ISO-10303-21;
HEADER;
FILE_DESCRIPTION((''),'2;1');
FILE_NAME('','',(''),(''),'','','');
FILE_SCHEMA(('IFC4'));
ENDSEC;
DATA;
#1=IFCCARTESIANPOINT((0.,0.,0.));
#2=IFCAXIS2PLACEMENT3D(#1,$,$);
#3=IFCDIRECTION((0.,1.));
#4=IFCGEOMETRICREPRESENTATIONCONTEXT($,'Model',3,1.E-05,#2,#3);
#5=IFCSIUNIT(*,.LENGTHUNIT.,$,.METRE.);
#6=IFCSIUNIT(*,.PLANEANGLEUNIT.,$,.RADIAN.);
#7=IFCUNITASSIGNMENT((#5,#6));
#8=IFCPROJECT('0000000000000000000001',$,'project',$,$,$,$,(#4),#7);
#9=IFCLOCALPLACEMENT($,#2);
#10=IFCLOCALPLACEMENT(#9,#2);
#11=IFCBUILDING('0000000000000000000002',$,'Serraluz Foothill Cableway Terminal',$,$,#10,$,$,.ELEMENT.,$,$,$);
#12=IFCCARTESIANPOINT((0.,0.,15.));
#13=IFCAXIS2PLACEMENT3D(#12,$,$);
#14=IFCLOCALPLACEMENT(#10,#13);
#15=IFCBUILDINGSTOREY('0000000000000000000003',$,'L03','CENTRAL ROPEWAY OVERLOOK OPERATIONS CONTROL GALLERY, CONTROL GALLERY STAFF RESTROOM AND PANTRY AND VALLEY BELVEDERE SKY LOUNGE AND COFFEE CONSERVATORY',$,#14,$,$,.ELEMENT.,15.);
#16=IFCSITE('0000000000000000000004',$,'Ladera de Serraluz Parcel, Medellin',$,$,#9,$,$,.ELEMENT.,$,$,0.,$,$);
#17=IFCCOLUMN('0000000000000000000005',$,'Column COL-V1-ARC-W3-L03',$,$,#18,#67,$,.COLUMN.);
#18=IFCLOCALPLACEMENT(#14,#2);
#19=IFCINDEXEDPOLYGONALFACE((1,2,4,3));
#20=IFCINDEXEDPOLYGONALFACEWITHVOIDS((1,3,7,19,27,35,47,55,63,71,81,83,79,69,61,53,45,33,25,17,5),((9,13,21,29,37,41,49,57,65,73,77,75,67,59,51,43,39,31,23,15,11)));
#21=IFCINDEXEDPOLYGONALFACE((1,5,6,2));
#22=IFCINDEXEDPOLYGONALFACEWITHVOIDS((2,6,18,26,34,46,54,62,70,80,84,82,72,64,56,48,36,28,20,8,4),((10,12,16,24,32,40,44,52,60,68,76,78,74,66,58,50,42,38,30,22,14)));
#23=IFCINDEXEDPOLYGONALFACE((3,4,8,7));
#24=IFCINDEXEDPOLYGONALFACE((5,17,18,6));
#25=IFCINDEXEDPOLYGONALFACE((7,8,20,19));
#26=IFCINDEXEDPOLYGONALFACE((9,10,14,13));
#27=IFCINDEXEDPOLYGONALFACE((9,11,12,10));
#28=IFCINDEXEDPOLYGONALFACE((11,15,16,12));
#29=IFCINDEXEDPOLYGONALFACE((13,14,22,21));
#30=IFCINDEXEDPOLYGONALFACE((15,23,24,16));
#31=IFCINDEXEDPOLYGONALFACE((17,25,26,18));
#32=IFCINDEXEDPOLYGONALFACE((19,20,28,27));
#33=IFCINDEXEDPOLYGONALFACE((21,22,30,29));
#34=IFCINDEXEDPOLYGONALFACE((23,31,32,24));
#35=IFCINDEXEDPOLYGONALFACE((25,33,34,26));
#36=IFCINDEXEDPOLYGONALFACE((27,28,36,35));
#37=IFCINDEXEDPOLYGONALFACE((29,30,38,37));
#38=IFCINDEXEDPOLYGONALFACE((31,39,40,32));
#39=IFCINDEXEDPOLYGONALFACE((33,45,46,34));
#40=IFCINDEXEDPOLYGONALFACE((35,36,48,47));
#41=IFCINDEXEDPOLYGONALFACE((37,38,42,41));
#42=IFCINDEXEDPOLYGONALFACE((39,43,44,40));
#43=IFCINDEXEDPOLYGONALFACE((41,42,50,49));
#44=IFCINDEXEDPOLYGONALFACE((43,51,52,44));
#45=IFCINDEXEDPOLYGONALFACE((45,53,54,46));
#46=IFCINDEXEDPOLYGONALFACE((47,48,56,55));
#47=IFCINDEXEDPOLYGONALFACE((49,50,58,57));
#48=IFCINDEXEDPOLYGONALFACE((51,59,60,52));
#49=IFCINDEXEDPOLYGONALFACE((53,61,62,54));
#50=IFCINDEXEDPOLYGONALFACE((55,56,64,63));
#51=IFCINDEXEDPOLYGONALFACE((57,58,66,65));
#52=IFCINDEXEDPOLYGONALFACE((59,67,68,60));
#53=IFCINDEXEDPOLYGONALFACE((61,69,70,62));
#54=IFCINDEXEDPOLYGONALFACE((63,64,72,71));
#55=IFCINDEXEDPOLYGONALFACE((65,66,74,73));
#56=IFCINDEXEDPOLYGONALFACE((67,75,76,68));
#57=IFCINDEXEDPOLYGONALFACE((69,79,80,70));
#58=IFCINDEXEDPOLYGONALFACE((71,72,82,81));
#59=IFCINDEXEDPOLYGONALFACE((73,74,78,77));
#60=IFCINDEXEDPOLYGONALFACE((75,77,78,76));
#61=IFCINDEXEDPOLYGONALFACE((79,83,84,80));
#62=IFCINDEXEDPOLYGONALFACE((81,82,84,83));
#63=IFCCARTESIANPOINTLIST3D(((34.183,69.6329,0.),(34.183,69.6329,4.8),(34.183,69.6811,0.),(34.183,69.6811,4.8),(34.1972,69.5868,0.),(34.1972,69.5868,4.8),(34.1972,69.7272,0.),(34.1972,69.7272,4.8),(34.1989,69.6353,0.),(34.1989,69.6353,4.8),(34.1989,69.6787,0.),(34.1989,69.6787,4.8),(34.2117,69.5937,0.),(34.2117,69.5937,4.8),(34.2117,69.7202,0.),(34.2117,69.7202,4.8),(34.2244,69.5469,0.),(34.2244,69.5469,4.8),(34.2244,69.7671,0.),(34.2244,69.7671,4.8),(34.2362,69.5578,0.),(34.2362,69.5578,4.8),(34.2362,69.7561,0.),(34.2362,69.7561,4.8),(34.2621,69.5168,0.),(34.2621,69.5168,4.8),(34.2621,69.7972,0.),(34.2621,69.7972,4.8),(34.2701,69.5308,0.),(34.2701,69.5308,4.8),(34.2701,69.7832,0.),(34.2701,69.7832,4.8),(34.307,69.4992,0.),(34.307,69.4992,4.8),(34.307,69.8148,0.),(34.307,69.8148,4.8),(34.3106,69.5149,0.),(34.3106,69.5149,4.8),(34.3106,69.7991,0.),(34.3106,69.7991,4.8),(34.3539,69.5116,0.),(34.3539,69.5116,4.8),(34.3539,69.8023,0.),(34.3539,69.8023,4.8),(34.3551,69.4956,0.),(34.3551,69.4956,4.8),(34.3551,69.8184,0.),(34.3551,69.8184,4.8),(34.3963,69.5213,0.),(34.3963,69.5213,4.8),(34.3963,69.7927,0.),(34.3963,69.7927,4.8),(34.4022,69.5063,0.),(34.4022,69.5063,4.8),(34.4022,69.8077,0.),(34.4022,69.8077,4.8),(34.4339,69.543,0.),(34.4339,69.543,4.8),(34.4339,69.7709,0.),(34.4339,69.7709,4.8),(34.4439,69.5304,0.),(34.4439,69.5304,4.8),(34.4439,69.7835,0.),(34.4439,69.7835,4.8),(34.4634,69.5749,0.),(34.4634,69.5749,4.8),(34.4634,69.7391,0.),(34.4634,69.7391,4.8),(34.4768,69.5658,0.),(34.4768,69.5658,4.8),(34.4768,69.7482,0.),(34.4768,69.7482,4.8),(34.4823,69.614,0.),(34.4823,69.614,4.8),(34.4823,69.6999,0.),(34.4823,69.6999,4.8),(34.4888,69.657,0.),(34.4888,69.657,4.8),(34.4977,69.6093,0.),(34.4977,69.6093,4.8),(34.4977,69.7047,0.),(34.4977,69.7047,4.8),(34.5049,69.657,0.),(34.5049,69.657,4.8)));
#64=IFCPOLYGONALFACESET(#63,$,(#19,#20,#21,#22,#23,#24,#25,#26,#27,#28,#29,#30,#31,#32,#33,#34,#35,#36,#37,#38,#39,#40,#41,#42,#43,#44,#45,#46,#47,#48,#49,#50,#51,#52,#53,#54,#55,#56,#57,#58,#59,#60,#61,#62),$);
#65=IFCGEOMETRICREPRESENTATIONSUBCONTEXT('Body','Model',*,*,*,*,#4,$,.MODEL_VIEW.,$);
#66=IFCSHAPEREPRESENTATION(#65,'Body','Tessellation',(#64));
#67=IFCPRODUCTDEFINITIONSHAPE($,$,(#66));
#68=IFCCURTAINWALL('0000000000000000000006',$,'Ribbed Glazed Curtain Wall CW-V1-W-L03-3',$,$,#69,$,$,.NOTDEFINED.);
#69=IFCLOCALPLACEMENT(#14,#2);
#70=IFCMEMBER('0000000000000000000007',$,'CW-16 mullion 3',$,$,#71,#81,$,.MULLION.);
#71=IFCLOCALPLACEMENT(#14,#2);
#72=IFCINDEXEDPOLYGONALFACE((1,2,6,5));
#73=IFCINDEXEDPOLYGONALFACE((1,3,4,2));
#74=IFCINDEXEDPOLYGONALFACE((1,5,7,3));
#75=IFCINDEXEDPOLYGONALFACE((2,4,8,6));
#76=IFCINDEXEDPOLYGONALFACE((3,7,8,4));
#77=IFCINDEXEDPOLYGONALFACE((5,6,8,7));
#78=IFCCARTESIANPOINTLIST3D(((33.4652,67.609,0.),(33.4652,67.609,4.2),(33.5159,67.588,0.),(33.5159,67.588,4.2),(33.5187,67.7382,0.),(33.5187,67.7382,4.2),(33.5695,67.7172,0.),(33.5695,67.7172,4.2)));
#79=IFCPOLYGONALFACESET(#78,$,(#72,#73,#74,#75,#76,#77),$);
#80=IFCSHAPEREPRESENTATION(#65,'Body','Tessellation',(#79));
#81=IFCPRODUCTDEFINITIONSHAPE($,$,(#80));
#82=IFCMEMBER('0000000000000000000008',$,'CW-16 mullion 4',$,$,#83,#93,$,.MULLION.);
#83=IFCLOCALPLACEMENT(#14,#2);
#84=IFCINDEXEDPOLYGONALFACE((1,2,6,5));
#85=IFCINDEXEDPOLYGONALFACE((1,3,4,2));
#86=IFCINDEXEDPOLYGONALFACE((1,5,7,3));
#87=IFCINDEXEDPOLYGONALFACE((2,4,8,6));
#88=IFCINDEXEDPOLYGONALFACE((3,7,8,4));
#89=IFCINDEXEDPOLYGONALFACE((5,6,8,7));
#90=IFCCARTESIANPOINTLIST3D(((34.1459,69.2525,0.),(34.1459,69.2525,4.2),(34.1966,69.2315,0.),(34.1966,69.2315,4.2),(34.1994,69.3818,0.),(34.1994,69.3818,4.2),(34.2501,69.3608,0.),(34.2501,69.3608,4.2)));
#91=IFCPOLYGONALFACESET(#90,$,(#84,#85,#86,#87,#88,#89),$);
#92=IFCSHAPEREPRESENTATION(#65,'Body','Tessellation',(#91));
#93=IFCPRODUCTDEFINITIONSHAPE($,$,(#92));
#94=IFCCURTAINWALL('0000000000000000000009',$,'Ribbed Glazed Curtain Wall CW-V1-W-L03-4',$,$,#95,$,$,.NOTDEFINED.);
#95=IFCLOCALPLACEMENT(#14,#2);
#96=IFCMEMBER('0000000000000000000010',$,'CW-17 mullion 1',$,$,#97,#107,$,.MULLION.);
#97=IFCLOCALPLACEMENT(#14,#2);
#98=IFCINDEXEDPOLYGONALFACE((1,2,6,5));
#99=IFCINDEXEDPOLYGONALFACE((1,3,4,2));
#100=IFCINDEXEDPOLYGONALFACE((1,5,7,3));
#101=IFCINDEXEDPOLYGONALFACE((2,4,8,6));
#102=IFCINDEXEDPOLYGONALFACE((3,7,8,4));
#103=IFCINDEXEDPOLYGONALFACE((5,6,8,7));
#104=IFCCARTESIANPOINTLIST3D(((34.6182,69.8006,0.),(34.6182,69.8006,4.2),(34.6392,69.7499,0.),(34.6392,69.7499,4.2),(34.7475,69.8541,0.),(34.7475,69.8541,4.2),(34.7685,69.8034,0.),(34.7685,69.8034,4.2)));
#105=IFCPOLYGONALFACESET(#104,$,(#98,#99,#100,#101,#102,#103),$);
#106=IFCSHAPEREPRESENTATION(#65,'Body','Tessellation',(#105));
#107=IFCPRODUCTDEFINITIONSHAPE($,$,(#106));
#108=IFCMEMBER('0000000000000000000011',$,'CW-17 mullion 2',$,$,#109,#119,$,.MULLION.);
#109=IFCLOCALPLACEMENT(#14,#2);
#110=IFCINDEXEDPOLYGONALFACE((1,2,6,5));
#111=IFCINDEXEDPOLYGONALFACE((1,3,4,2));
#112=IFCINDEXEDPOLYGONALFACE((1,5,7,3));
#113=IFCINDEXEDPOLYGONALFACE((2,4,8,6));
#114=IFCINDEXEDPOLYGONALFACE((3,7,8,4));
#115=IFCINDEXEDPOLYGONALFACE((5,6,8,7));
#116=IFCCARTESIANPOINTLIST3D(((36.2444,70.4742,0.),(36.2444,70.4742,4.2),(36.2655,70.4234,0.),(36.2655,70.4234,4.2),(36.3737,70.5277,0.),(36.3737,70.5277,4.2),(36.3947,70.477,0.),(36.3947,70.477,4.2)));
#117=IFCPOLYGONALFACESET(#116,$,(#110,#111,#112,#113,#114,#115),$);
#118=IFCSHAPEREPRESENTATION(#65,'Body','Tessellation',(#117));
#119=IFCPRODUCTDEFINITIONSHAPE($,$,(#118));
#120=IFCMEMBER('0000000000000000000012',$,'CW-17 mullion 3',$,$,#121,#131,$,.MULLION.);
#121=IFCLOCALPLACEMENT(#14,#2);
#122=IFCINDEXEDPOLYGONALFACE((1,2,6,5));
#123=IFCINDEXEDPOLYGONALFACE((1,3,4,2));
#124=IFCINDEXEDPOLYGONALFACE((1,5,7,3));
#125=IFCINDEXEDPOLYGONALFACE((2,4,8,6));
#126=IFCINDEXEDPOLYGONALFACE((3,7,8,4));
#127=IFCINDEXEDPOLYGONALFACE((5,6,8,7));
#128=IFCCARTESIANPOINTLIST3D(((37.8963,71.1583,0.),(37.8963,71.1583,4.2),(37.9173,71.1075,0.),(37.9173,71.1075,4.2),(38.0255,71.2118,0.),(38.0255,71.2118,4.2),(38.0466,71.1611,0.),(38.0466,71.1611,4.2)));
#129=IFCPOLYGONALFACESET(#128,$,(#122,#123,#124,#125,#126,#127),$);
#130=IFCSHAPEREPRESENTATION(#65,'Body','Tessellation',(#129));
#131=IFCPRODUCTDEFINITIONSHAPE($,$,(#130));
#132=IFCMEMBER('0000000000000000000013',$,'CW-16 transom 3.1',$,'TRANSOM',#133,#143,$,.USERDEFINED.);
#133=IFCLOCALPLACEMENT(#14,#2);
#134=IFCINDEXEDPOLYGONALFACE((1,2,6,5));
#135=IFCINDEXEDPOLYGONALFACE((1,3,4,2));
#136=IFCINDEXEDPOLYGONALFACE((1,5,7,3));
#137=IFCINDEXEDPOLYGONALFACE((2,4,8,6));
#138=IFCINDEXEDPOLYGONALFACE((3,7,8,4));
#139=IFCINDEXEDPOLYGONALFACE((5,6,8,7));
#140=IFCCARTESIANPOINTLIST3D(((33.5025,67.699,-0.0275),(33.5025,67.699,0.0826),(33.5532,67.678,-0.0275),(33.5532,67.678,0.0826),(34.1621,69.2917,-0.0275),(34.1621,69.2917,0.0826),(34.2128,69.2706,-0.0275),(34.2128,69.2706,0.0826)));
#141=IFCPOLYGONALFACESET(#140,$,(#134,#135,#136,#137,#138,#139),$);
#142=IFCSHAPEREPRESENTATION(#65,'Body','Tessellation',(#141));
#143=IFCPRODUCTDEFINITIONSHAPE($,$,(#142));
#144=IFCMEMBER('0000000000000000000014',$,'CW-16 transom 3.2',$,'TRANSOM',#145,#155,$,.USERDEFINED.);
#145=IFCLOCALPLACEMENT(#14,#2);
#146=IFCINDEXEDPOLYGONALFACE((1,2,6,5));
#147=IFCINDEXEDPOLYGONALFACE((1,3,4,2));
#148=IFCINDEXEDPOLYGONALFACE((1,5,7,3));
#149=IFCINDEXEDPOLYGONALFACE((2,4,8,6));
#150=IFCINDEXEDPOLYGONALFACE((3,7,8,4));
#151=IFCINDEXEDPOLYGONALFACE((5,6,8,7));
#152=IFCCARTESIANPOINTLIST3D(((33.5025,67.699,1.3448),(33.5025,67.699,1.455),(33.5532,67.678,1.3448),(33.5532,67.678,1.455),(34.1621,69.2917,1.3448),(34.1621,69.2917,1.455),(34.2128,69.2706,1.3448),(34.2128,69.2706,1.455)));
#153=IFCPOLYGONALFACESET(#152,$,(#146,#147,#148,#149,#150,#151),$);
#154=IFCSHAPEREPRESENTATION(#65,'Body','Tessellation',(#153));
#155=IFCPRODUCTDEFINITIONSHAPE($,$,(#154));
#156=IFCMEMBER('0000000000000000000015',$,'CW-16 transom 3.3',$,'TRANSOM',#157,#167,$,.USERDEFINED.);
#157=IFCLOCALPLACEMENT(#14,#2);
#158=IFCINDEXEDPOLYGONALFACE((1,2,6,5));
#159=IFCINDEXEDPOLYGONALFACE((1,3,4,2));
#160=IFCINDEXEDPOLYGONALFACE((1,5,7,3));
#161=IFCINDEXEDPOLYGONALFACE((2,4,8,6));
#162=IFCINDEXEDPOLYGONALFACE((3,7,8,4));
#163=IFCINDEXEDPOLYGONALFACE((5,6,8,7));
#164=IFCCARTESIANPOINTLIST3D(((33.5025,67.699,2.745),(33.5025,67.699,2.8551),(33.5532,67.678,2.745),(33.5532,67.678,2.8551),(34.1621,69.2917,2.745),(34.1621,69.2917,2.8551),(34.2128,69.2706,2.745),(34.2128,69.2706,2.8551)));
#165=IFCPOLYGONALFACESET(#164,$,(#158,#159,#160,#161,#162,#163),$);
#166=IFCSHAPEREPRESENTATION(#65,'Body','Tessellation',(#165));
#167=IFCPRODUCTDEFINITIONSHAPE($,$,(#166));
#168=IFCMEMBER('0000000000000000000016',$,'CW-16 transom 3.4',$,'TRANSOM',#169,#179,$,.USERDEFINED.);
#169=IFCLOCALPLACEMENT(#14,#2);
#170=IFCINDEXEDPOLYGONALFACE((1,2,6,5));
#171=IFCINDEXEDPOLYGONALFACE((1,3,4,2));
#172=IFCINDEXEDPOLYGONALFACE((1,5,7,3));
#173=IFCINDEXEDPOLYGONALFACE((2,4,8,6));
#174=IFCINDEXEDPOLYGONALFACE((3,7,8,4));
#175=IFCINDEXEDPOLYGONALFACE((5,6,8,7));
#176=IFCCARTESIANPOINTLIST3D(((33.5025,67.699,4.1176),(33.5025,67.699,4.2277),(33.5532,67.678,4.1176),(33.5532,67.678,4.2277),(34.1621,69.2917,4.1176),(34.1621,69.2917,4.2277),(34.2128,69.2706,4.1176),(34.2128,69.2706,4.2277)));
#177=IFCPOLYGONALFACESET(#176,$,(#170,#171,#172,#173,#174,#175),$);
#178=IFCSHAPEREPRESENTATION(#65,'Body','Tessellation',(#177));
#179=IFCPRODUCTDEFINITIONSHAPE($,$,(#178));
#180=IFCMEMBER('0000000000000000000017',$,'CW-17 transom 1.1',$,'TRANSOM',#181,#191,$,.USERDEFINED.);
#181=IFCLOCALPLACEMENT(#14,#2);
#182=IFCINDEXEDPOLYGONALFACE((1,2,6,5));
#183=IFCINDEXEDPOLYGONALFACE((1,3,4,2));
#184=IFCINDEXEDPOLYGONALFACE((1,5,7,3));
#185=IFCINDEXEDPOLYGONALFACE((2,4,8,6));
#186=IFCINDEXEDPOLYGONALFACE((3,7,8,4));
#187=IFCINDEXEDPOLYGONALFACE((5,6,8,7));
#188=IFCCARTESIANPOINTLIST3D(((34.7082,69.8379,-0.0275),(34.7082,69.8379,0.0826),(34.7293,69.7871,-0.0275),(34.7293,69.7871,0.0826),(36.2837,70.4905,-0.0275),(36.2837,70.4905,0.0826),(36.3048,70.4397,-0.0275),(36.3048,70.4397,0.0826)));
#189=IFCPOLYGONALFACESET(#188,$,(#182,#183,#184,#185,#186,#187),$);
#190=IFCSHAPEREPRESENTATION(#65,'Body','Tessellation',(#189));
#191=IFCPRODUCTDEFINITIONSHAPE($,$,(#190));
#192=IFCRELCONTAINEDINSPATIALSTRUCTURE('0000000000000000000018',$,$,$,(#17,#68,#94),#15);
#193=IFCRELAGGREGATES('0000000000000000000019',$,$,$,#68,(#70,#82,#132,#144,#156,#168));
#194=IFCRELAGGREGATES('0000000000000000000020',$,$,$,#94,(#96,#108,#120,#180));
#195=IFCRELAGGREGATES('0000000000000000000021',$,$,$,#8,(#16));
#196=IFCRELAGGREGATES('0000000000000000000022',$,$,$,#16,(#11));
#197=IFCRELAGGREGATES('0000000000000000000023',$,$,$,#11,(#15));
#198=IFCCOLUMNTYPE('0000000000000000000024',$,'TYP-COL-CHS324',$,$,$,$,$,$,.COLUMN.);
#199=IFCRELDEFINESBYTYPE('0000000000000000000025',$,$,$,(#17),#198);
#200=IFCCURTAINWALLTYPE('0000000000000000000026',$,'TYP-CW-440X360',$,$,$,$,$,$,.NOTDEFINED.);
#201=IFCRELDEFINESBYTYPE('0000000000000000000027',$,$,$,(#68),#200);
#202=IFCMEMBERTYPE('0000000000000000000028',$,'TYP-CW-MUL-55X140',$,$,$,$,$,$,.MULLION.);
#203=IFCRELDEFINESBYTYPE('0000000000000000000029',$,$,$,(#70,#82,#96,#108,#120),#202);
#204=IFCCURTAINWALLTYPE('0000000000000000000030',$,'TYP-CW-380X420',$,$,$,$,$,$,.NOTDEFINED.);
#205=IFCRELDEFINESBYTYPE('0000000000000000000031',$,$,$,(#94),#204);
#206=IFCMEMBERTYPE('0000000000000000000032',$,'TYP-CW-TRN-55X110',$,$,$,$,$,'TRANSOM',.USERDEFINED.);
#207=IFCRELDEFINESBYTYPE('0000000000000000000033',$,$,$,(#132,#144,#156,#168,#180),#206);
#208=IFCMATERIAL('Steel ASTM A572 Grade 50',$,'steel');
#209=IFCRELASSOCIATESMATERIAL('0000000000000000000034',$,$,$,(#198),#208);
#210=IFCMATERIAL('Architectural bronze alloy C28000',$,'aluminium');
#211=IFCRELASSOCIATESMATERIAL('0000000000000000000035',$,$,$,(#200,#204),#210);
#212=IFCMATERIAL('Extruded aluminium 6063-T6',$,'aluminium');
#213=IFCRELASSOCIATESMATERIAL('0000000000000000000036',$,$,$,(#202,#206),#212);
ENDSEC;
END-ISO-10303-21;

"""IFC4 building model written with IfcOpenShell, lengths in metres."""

from ifc_helpers import new_model, si_unit, direction, frame, origin, origin_2d, place, context, subcontext, project, spatial, rectangle, hollow_circle, extrude, material, material_profile, profile_set, type_object, element, aggregate, save


model = new_model("IFC4")

# Units and contexts
model_context = context("Model", 3, precision=1e-05, world=origin(), true_north=direction((0.0, 1.0)))
body_context = subcontext(model_context, "Body", "Model", "MODEL_VIEW")
ifc_project = project(units=[si_unit("LENGTHUNIT", "METRE"), si_unit("PLANEANGLEUNIT", "RADIAN")], contexts=[model_context])

# Site, building, storey
site_placement = place(None, origin())
site = spatial("IfcSite", under=ifc_project, at=site_placement, Name="Ladera de Serraluz Parcel, Medellin", CompositionType="ELEMENT", RefElevation=0.0)
building_placement = place(site_placement, origin())
building = spatial("IfcBuilding", under=site, at=building_placement, Name="Serraluz Foothill Cableway Terminal", CompositionType="ELEMENT")
storey_placement = place(building_placement, frame((0.0, 0.0, 15.0)))
storey = spatial("IfcBuildingStorey", under=building, at=storey_placement, Name="L03", Description="CENTRAL ROPEWAY OVERLOOK OPERATIONS CONTROL GALLERY, CONTROL GALLERY STAFF RESTROOM AND PANTRY AND VALLEY BELVEDERE SKY LOUNGE AND COFFEE CONSERVATORY", CompositionType="ELEMENT", Elevation=15.0)

# Column
ifc_material_1 = material(Name="Steel ASTM A572 Grade 50", Category="steel")
ifc_material_profile_1 = material_profile(ifc_material_1, hollow_circle(Radius=0.1619, WallThickness=0.0161, at=origin_2d()), Name="CHS324X16")
ifc_profile_set_1 = profile_set([ifc_material_profile_1], Name="Steel ASTM A572 Grade 50")
column_type = type_object("IfcColumnType", Name="TYP-COL-CHS324", PredefinedType="COLUMN", material=ifc_profile_set_1)
column_placement = place(storey_placement, frame((34.343, 69.657, 0.0), z_axis=(0.0, 0.0, 1.0), x_axis=(1.0, 0.0, 0.0)))
element("IfcColumn", 1, at=column_placement, inside=storey, type_object=column_type, Name="Column COL-V1-ARC-W3-L03", PredefinedType="COLUMN", context=body_context, shape_type="SweptSolid", body=[
    extrude(hollow_circle(Radius=0.1619, WallThickness=0.0161, at=origin_2d()), origin(), (0.0, 0.0, 1.0), 4.8),
])

# Curtain walls, members
ifc_material_2 = material(Name="Architectural bronze alloy C28000", Category="aluminium")
curtain_wall_type_1 = type_object("IfcCurtainWallType", Name="TYP-CW-440X360", PredefinedType="NOTDEFINED", material=ifc_material_2)
curtain_wall_1_placement = place(storey_placement, origin())
curtain_wall_1 = element("IfcCurtainWall", 2, at=curtain_wall_1_placement, inside=storey, type_object=curtain_wall_type_1, Name="Ribbed Glazed Curtain Wall CW-V1-W-L03-3", PredefinedType="NOTDEFINED")
ifc_material_3 = material(Name="Extruded aluminium 6063-T6", Category="aluminium")
ifc_material_profile_2 = material_profile(ifc_material_3, rectangle(XDim=0.0549, YDim=0.1399, at=origin_2d()), Name="ALU MULLION 55x140")
ifc_profile_set_2 = profile_set([ifc_material_profile_2], Name="Extruded aluminium 6063-T6")
member_type_1 = type_object("IfcMemberType", Name="TYP-CW-MUL-55X140", PredefinedType="MULLION", material=ifc_profile_set_2)
member_1_placement = place(storey_placement, frame((33.5173, 67.6631, 0.0), z_axis=(0.0, 0.0, 1.0), x_axis=(-0.923879, 0.382685, 0.0)))
member_1 = element("IfcMember", 3, at=member_1_placement, type_object=member_type_1, Name="CW-16 mullion 3", PredefinedType="MULLION", context=body_context, shape_type="SweptSolid", body=[
    extrude(rectangle(XDim=0.0549, YDim=0.1399, at=origin_2d()), origin(), (0.0, 0.0, 1.0), 4.2),
])
member_2_placement = place(storey_placement, frame((34.198, 69.3066, 0.0), z_axis=(0.0, 0.0, 1.0), x_axis=(-0.923879, 0.382685, 0.0)))
member_2 = element("IfcMember", 4, at=member_2_placement, type_object=member_type_1, Name="CW-16 mullion 4", PredefinedType="MULLION", context=body_context, shape_type="SweptSolid", body=[
    extrude(rectangle(XDim=0.0549, YDim=0.1399, at=origin_2d()), origin(), (0.0, 0.0, 1.0), 4.2),
])
curtain_wall_type_2 = type_object("IfcCurtainWallType", Name="TYP-CW-380X420", PredefinedType="NOTDEFINED", material=ifc_material_2)
curtain_wall_2_placement = place(storey_placement, origin())
curtain_wall_2 = element("IfcCurtainWall", 5, at=curtain_wall_2_placement, inside=storey, type_object=curtain_wall_type_2, Name="Ribbed Glazed Curtain Wall CW-V1-W-L03-4", PredefinedType="NOTDEFINED")
member_3_placement = place(storey_placement, frame((34.6934, 69.802, 0.0), z_axis=(0.0, 0.0, 1.0), x_axis=(-0.382682, 0.92388, 0.0)))
member_3 = element("IfcMember", 6, at=member_3_placement, type_object=member_type_1, Name="CW-17 mullion 1", PredefinedType="MULLION", context=body_context, shape_type="SweptSolid", body=[
    extrude(rectangle(XDim=0.0549, YDim=0.1399, at=origin_2d()), origin(), (0.0, 0.0, 1.0), 4.2),
])
member_4_placement = place(storey_placement, frame((36.3196, 70.4756, 0.0), z_axis=(0.0, 0.0, 1.0), x_axis=(-0.382682, 0.92388, 0.0)))
member_4 = element("IfcMember", 7, at=member_4_placement, type_object=member_type_1, Name="CW-17 mullion 2", PredefinedType="MULLION", context=body_context, shape_type="SweptSolid", body=[
    extrude(rectangle(XDim=0.0549, YDim=0.1399, at=origin_2d()), origin(), (0.0, 0.0, 1.0), 4.2),
])
member_5_placement = place(storey_placement, frame((37.9714, 71.1597, 0.0), z_axis=(0.0, 0.0, 1.0), x_axis=(-0.382682, 0.92388, 0.0)))
member_5 = element("IfcMember", 8, at=member_5_placement, type_object=member_type_1, Name="CW-17 mullion 3", PredefinedType="MULLION", context=body_context, shape_type="SweptSolid", body=[
    extrude(rectangle(XDim=0.0549, YDim=0.1399, at=origin_2d()), origin(), (0.0, 0.0, 1.0), 4.2),
])

# Members
ifc_material_profile_3 = material_profile(ifc_material_3, rectangle(XDim=0.0549, YDim=0.1101, at=origin_2d()), Name="ALU TRANSOM 55x110")
ifc_profile_set_3 = profile_set([ifc_material_profile_3], Name="Extruded aluminium 6063-T6")
member_type_2 = type_object("IfcMemberType", Name="TYP-CW-TRN-55X110", ElementType="TRANSOM", PredefinedType="USERDEFINED", material=ifc_profile_set_3)
member_6_placement = place(storey_placement, frame((33.5278, 67.6885, 0.0276), z_axis=(0.382644, 0.923896, 0.0), x_axis=(-0.923896, 0.382644, 0.0)))
member_6 = element("IfcMember", 9, at=member_6_placement, type_object=member_type_2, Name="CW-16 transom 3.1", ObjectType="TRANSOM", PredefinedType="USERDEFINED", context=body_context, shape_type="SweptSolid", body=[
    extrude(rectangle(XDim=0.0549, YDim=0.1101, at=origin_2d()), origin(), (0.0, 0.0, 1.0), 1.7239),
])
member_7_placement = place(storey_placement, frame((33.5278, 67.6885, 1.3999), z_axis=(0.382644, 0.923896, 0.0), x_axis=(-0.923896, 0.382644, 0.0)))
member_7 = element("IfcMember", 10, at=member_7_placement, type_object=member_type_2, Name="CW-16 transom 3.2", ObjectType="TRANSOM", PredefinedType="USERDEFINED", context=body_context, shape_type="SweptSolid", body=[
    extrude(rectangle(XDim=0.0549, YDim=0.1101, at=origin_2d()), origin(), (0.0, 0.0, 1.0), 1.7239),
])
member_8_placement = place(storey_placement, frame((33.5278, 67.6885, 2.8), z_axis=(0.382644, 0.923896, 0.0), x_axis=(-0.923896, 0.382644, 0.0)))
member_8 = element("IfcMember", 11, at=member_8_placement, type_object=member_type_2, Name="CW-16 transom 3.3", ObjectType="TRANSOM", PredefinedType="USERDEFINED", context=body_context, shape_type="SweptSolid", body=[
    extrude(rectangle(XDim=0.0549, YDim=0.1101, at=origin_2d()), origin(), (0.0, 0.0, 1.0), 1.7239),
])
member_9_placement = place(storey_placement, frame((33.5278, 67.6885, 4.1726), z_axis=(0.382644, 0.923896, 0.0), x_axis=(-0.923896, 0.382644, 0.0)))
member_9 = element("IfcMember", 12, at=member_9_placement, type_object=member_type_2, Name="CW-16 transom 3.4", ObjectType="TRANSOM", PredefinedType="USERDEFINED", context=body_context, shape_type="SweptSolid", body=[
    extrude(rectangle(XDim=0.0549, YDim=0.1101, at=origin_2d()), origin(), (0.0, 0.0, 1.0), 1.7239),
])
member_10_placement = place(storey_placement, frame((34.7188, 69.8125, 0.0276), z_axis=(0.923875, 0.382693, 0.0), x_axis=(-0.382693, 0.923875, 0.0)))
member_10 = element("IfcMember", 13, at=member_10_placement, type_object=member_type_2, Name="CW-17 transom 1.1", ObjectType="TRANSOM", PredefinedType="USERDEFINED", context=body_context, shape_type="SweptSolid", body=[
    extrude(rectangle(XDim=0.0549, YDim=0.1101, at=origin_2d()), origin(), (0.0, 0.0, 1.0), 1.7053),
])

aggregate(curtain_wall_1, [member_1, member_2, member_6, member_7, member_8, member_9])
aggregate(curtain_wall_2, [member_3, member_4, member_5, member_10])

save(model, "model.ifc")
